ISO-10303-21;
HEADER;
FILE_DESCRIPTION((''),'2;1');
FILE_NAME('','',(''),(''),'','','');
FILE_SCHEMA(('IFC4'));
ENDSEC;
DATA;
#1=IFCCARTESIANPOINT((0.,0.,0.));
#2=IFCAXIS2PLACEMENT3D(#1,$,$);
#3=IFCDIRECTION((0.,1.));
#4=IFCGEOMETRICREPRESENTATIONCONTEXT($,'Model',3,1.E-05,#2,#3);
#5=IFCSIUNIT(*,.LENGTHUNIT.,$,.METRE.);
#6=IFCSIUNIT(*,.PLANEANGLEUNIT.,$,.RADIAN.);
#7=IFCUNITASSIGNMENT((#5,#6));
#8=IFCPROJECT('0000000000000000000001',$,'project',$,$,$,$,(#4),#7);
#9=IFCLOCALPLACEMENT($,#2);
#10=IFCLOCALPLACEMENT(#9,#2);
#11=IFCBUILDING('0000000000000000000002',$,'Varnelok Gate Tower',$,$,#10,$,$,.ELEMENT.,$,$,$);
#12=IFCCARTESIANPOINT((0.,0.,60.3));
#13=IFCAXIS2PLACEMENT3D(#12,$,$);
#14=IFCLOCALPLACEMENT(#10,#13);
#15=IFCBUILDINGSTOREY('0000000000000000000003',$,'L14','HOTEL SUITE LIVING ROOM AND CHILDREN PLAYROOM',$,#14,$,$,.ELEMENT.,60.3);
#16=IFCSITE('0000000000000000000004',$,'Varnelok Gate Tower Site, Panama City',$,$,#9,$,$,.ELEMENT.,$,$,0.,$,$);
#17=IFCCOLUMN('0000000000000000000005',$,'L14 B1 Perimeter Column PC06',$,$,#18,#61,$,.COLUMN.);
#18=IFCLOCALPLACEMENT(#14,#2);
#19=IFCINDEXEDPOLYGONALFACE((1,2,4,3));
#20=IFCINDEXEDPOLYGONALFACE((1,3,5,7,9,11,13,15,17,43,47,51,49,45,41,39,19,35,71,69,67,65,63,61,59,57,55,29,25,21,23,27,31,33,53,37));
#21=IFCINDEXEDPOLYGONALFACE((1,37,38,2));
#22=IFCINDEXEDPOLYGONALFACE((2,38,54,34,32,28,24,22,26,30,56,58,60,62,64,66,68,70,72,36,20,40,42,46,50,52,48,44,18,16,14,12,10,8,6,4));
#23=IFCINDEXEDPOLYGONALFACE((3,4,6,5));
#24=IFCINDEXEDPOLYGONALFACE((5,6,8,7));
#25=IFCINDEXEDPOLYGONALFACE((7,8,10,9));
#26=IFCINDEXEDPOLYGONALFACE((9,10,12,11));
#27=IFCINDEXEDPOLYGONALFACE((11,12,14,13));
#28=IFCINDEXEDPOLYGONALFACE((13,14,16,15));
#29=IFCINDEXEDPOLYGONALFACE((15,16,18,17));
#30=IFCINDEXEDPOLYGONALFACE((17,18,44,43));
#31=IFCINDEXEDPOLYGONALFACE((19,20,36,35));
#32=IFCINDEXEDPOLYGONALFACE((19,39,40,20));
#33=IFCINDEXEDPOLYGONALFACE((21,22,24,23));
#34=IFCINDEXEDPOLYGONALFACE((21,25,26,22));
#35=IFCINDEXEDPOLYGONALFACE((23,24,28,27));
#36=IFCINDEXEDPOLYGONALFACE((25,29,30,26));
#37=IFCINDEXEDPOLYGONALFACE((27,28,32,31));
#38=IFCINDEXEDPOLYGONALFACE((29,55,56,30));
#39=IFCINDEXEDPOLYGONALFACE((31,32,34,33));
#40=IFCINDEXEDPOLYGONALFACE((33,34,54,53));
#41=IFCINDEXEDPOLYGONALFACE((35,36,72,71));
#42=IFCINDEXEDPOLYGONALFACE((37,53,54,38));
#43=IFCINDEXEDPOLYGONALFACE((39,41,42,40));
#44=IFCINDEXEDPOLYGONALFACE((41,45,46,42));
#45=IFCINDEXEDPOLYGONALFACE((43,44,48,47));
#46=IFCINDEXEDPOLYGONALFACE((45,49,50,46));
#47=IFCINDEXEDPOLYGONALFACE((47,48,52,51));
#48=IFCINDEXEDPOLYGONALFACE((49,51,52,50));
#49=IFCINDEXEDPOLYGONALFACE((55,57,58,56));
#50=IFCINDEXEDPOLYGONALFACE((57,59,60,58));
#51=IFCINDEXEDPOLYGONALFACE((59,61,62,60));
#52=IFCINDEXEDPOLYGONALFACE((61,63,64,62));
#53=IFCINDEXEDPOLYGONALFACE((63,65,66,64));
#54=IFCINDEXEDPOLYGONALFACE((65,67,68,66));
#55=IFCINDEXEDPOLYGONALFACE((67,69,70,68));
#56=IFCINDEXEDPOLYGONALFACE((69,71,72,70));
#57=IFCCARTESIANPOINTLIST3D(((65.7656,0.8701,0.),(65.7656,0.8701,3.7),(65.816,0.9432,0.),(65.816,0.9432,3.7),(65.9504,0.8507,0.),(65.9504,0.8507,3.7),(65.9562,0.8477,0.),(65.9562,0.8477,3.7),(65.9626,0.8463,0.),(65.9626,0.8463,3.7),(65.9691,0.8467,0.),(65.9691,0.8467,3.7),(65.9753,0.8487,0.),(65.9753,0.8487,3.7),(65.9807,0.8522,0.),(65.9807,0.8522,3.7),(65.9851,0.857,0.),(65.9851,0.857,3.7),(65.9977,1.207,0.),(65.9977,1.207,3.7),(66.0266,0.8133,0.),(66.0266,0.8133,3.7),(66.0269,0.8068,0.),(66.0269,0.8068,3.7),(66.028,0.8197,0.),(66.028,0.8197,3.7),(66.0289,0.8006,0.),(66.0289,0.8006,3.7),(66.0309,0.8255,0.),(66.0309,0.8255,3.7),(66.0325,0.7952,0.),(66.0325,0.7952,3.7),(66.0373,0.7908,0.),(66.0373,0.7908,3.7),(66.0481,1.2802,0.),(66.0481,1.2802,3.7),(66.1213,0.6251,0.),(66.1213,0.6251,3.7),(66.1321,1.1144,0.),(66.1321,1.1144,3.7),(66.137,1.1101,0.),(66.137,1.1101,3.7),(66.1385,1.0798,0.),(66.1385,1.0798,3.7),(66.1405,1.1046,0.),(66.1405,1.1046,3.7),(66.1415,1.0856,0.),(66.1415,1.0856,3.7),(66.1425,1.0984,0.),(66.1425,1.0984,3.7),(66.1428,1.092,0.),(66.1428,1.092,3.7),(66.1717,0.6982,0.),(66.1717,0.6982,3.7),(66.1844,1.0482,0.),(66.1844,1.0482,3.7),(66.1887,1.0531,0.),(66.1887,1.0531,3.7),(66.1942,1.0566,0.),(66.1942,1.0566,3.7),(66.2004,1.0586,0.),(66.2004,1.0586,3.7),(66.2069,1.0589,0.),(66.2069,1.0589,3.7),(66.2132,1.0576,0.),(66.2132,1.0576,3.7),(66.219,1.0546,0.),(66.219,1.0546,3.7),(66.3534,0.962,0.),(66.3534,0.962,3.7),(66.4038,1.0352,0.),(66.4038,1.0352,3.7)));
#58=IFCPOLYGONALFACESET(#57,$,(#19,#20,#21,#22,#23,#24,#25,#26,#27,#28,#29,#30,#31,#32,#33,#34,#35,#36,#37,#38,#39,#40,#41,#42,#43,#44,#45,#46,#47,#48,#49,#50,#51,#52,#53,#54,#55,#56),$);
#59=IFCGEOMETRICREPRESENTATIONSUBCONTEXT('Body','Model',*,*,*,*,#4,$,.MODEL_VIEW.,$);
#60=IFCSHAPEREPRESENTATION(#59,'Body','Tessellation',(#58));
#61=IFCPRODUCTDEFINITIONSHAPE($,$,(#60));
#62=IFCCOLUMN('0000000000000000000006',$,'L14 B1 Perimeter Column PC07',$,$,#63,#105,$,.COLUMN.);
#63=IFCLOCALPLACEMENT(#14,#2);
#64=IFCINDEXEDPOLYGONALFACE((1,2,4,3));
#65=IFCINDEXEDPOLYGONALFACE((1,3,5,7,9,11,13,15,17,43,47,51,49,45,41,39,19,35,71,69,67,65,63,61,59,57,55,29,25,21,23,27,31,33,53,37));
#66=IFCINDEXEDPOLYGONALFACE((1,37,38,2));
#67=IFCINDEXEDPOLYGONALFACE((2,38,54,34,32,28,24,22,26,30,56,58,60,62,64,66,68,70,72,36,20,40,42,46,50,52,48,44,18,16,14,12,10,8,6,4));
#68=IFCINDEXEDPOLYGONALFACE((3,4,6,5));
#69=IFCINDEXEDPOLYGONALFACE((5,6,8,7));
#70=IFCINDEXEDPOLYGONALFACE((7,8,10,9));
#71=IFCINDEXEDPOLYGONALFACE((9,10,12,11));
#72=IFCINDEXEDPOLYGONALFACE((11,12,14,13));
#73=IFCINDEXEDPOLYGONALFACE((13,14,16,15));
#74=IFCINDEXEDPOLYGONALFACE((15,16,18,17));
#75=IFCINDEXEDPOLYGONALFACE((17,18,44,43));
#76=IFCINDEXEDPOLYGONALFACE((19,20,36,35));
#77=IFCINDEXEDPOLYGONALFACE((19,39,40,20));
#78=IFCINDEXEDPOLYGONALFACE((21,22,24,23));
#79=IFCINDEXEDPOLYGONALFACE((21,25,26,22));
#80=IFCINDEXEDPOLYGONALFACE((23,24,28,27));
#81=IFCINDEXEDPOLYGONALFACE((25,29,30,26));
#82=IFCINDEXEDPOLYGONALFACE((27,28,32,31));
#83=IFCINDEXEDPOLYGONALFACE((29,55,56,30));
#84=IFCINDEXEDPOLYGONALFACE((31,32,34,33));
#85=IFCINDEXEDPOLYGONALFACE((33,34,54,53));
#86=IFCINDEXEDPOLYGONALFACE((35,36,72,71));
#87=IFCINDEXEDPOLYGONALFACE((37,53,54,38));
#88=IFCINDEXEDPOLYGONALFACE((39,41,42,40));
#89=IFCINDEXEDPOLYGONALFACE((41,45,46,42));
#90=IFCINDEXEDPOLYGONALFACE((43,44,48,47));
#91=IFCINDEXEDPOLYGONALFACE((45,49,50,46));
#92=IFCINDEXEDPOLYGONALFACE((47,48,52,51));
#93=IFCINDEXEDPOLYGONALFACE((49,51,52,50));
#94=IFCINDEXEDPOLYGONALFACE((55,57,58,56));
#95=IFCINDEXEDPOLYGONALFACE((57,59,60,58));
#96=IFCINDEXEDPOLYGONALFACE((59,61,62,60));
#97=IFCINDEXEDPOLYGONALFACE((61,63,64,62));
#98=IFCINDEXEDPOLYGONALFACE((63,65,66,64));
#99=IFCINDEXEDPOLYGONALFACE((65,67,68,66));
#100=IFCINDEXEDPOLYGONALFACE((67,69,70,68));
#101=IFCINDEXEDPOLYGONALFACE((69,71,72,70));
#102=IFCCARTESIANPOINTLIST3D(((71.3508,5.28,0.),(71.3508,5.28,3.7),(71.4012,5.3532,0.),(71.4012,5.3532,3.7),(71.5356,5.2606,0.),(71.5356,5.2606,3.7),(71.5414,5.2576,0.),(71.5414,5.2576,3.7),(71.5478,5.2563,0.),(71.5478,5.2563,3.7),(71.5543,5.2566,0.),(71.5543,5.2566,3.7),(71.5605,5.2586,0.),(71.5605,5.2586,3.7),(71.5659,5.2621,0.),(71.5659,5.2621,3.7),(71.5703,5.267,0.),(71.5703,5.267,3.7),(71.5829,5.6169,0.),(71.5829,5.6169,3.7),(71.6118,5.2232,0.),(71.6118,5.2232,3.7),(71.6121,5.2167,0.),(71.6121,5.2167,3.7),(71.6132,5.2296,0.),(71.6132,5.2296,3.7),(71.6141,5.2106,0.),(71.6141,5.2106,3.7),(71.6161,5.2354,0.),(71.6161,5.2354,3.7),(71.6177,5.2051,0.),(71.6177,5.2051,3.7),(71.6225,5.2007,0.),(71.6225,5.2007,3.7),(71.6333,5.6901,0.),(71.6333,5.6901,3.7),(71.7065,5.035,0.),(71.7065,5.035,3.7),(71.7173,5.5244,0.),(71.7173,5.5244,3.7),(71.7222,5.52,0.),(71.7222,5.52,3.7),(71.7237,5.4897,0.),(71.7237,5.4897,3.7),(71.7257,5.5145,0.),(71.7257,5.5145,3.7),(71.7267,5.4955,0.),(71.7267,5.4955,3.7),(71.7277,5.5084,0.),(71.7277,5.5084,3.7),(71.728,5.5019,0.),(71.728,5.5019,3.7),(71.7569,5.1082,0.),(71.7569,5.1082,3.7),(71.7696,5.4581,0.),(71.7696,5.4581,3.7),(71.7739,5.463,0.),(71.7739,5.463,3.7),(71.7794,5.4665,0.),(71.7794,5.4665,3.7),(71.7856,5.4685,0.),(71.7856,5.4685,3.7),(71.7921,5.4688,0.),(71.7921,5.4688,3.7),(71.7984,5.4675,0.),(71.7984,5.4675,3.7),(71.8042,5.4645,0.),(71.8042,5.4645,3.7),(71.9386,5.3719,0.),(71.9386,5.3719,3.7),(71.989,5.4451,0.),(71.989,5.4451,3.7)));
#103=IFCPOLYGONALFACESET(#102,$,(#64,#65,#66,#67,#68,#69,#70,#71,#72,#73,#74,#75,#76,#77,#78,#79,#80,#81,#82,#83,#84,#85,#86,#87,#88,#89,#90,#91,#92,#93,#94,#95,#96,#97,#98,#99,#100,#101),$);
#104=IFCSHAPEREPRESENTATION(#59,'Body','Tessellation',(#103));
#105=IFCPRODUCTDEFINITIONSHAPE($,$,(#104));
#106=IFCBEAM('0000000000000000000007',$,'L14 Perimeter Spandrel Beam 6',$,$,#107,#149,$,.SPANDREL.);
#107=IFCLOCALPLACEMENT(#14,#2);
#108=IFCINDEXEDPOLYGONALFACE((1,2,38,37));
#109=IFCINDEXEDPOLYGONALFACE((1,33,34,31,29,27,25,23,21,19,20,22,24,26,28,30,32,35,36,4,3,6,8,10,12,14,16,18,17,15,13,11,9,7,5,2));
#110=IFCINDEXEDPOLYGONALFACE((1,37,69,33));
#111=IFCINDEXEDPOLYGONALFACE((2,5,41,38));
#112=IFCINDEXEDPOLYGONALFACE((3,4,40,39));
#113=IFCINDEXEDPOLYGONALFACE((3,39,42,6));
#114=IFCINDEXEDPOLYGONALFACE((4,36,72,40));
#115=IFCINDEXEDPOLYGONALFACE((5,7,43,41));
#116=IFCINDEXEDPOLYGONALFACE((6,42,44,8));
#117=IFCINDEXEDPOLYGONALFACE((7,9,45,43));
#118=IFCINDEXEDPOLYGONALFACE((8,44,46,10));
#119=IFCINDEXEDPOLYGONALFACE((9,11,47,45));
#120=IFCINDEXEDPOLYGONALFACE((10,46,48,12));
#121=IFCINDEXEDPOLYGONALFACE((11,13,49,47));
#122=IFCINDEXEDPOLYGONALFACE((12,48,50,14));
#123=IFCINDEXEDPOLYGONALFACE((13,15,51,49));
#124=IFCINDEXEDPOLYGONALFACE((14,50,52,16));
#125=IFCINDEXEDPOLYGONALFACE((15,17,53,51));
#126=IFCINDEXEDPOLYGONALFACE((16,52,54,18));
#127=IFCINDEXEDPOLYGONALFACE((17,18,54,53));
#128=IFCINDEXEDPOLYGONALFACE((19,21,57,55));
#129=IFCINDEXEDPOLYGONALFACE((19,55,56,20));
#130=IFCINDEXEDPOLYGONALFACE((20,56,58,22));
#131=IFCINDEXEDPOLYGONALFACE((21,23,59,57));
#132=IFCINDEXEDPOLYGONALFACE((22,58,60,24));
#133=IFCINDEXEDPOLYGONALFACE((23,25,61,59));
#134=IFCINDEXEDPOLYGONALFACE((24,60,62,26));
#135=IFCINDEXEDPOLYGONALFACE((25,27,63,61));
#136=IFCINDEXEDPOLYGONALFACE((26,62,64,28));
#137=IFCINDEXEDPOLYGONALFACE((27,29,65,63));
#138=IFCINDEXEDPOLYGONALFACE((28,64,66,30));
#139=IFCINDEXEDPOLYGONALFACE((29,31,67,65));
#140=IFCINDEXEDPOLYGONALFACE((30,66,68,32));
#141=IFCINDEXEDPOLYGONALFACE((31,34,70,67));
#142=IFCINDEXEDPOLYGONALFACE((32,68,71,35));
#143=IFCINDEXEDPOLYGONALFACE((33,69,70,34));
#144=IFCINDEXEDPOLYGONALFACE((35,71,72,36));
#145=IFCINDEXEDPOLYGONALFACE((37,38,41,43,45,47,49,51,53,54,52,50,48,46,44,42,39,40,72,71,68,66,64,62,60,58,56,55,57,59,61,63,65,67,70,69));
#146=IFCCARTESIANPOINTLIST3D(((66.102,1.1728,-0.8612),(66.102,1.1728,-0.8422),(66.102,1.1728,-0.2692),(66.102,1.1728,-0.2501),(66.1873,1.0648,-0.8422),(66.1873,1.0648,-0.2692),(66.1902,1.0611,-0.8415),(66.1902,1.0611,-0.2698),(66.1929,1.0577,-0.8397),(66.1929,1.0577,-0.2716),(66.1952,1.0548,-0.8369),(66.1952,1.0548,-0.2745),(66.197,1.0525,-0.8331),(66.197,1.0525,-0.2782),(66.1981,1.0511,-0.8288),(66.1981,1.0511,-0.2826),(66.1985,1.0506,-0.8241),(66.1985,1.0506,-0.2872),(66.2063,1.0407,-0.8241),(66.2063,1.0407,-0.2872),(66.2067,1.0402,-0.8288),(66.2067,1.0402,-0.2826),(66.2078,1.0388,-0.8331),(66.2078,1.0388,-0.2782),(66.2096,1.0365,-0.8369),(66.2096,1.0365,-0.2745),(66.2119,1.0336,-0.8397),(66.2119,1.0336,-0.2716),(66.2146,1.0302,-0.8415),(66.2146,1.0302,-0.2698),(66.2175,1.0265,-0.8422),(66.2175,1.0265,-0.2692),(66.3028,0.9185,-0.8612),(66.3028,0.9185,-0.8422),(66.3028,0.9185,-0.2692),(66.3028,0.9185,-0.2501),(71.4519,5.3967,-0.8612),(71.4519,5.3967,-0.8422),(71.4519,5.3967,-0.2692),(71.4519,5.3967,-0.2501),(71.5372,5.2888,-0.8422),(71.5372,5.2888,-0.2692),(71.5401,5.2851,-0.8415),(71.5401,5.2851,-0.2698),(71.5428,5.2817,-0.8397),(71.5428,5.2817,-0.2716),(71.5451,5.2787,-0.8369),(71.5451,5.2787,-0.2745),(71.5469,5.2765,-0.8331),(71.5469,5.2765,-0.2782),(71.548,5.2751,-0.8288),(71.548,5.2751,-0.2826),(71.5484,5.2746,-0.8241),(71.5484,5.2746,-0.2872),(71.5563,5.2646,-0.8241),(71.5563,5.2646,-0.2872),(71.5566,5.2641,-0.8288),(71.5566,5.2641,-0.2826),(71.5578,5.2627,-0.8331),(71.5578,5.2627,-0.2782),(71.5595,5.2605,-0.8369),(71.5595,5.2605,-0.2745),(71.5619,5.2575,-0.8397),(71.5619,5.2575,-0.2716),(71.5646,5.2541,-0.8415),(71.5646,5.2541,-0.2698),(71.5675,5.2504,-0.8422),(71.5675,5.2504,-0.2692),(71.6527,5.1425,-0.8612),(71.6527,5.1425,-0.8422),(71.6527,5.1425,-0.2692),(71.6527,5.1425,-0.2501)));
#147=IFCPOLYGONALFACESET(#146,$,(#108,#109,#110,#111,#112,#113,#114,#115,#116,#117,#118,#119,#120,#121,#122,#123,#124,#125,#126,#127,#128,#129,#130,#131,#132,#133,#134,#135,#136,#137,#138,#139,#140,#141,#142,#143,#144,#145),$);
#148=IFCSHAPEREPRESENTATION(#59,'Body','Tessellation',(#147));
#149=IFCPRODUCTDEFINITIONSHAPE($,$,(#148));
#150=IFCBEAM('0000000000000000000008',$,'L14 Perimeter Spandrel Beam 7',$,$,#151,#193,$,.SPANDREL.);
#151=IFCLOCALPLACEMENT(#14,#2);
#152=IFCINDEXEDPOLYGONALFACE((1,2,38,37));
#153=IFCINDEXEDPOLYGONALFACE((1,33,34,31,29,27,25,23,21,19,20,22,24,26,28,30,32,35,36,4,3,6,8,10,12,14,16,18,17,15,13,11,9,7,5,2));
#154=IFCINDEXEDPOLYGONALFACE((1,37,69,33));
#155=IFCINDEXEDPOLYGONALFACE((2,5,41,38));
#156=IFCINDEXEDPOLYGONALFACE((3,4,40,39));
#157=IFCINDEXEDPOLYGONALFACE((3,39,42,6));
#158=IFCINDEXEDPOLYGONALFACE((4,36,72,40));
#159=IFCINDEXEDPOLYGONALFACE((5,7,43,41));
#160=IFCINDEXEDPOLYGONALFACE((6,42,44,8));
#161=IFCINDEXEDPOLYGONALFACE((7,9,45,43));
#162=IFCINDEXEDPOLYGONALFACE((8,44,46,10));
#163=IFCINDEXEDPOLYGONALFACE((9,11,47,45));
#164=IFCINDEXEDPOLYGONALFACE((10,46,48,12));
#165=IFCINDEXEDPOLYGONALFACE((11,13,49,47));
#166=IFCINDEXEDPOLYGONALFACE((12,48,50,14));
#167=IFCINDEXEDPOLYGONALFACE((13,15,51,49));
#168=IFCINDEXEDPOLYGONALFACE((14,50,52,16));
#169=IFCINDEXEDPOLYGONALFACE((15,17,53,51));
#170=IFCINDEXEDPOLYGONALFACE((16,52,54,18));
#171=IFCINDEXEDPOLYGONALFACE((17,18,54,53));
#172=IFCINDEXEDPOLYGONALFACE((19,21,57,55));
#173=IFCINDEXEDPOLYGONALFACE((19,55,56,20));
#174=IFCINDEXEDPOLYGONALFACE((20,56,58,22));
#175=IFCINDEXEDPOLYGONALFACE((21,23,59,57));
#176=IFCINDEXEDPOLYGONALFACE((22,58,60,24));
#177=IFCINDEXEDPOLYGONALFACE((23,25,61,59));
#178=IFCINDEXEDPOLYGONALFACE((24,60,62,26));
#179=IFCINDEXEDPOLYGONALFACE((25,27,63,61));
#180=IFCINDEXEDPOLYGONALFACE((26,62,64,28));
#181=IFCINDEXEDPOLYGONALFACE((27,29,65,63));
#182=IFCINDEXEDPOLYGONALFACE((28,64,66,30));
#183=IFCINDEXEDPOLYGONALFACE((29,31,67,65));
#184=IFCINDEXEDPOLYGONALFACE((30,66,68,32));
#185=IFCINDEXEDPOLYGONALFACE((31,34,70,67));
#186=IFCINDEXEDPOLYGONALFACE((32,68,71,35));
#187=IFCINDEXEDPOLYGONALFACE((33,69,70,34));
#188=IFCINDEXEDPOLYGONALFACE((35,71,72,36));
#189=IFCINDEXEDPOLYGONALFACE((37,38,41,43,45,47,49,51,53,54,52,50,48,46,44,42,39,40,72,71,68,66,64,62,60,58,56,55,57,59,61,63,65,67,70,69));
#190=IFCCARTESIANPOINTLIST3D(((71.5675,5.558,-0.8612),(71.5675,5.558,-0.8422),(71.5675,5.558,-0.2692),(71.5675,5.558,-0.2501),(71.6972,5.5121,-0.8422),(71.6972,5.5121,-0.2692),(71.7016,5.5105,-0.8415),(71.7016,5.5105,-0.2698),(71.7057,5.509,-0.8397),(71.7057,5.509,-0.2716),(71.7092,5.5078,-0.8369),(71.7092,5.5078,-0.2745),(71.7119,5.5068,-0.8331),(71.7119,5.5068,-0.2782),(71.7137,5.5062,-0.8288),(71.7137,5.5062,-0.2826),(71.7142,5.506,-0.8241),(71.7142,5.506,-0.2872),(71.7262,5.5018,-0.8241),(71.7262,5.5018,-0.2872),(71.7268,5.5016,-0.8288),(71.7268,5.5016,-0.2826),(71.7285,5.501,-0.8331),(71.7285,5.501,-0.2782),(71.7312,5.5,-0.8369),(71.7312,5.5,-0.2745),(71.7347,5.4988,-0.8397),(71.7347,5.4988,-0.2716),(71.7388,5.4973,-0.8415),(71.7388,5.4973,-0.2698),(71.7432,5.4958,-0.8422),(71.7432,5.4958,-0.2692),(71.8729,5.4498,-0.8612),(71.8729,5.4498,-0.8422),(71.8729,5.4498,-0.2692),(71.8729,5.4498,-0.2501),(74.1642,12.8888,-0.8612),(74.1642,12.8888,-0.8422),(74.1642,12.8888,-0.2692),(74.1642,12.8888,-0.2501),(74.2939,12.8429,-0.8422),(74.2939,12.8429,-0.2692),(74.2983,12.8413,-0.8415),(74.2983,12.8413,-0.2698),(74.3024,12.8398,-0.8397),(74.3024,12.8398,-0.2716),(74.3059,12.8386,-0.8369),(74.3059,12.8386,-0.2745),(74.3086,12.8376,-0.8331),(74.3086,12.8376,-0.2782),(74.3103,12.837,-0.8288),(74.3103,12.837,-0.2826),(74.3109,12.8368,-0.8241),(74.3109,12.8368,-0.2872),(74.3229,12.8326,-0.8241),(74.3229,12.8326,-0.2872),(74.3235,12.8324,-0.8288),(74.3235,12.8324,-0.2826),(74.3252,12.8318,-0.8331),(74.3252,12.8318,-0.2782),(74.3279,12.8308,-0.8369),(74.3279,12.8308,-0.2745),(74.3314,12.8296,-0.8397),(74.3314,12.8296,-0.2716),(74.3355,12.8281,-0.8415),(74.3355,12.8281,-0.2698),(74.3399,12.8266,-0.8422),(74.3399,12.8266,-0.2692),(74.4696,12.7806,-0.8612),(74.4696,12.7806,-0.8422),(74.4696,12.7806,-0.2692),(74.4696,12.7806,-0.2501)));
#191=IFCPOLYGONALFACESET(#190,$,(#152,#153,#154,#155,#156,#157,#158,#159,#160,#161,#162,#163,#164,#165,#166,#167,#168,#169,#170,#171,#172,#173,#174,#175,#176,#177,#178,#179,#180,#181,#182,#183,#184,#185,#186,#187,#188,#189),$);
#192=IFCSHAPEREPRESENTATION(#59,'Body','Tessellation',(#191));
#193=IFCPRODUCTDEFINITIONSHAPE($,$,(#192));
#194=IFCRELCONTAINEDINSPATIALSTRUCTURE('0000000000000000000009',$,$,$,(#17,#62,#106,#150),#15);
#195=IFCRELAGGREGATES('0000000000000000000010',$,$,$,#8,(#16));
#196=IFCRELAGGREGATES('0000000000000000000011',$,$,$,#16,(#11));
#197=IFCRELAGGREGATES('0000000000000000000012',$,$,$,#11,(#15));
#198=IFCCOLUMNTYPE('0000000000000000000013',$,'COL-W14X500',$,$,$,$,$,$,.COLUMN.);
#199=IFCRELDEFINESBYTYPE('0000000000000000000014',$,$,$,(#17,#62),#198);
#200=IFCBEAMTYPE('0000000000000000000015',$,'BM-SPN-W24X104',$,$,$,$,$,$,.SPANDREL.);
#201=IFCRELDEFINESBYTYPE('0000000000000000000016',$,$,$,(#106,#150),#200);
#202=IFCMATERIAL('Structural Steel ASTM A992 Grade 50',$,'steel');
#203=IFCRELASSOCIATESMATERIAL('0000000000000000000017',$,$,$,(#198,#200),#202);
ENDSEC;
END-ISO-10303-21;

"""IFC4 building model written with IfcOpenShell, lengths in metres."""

from ifc_helpers import new_model, si_unit, direction, frame, origin, origin_2d, place, context, subcontext, project, spatial, i_section, extrude, material, material_profile, profile_set, type_object, element, save


model = new_model("IFC4")

# Units and contexts
model_context = context("Model", 3, precision=1e-05, world=origin(), true_north=direction((0.0, 1.0)))
body_context = subcontext(model_context, "Body", "Model", "MODEL_VIEW")
ifc_project = project(units=[si_unit("LENGTHUNIT", "METRE"), si_unit("PLANEANGLEUNIT", "RADIAN")], contexts=[model_context])

# Site, building, storey
site_placement = place(None, origin())
site = spatial("IfcSite", under=ifc_project, at=site_placement, Name="Varnelok Gate Tower Site, Panama City", CompositionType="ELEMENT", RefElevation=0.0)
building_placement = place(site_placement, origin())
building = spatial("IfcBuilding", under=site, at=building_placement, Name="Varnelok Gate Tower", CompositionType="ELEMENT")
storey_placement = place(building_placement, frame((0.0, 0.0, 60.3)))
storey = spatial("IfcBuildingStorey", under=building, at=storey_placement, Name="L14", Description="HOTEL SUITE LIVING ROOM AND CHILDREN PLAYROOM", CompositionType="ELEMENT", Elevation=60.3)

# Columns
ifc_material_1 = material(Name="Structural Steel ASTM A992 Grade 50", Category="steel")
ifc_material_profile_1 = material_profile(ifc_material_1, i_section(OverallWidth=0.4319, OverallDepth=0.498, WebThickness=0.0557, FlangeThickness=0.0889, FilletRadius=0.0249, at=origin_2d()), Name="W14X500")
ifc_profile_set_1 = profile_set([ifc_material_profile_1], Name="Structural Steel ASTM A992 Grade 50")
column_type = type_object("IfcColumnType", Name="COL-W14X500", PredefinedType="COLUMN", material=ifc_profile_set_1)
for number, where, z_axis, x_axis, name in (
    (1, (66.0847, 0.9526, 0.0), (0.0, 0.0, 1.0), (0.823533, -0.567269, 0.0), "L14 B1 Perimeter Column PC06"),
    (2, (71.6699, 5.3625, 0.0), (0.0, 0.0, 1.0), (0.823533, -0.567269, 0.0), "L14 B1 Perimeter Column PC07"),
):
    element("IfcColumn", number, at=place(storey_placement, frame(where, z_axis=z_axis, x_axis=x_axis)), inside=storey, type_object=column_type, Name=name, PredefinedType="COLUMN", context=body_context, shape_type="SweptSolid", body=[
        extrude(i_section(OverallWidth=0.4319, OverallDepth=0.498, WebThickness=0.0557, FlangeThickness=0.0889, FilletRadius=0.0249, at=origin_2d()), origin(), (0.0, 0.0, 1.0), 3.7),
    ])

# Beams
ifc_material_profile_2 = material_profile(ifc_material_1, i_section(OverallWidth=0.324, OverallDepth=0.6111, WebThickness=0.0127, FlangeThickness=0.019, FilletRadius=0.0181, at=origin_2d()), Name="W24X104")
ifc_profile_set_2 = profile_set([ifc_material_profile_2], Name="Structural Steel ASTM A992 Grade 50")
beam_type = type_object("IfcBeamType", Name="BM-SPN-W24X104", PredefinedType="SPANDREL", material=ifc_profile_set_2)
beam_1_placement = place(storey_placement, frame((66.2024, 1.0457, -0.5557), z_axis=(0.784861, 0.619672, 0.0), x_axis=(-0.619672, 0.784861, 0.0)))
element("IfcBeam", 3, at=beam_1_placement, inside=storey, type_object=beam_type, Name="L14 Perimeter Spandrel Beam 6", PredefinedType="SPANDREL", context=body_context, shape_type="SweptSolid", body=[
    extrude(i_section(OverallWidth=0.324, OverallDepth=0.6111, WebThickness=0.0127, FlangeThickness=0.019, FilletRadius=0.0181, at=origin_2d()), origin(), (0.0, 0.0, 1.0), 6.8164),
])
beam_2_placement = place(storey_placement, frame((71.7202, 5.5039, -0.5557), z_axis=(0.333887, 0.942613, 0.0), x_axis=(-0.942613, 0.333887, 0.0)))
element("IfcBeam", 4, at=beam_2_placement, inside=storey, type_object=beam_type, Name="L14 Perimeter Spandrel Beam 7", PredefinedType="SPANDREL", context=body_context, shape_type="SweptSolid", body=[
    extrude(i_section(OverallWidth=0.324, OverallDepth=0.6111, WebThickness=0.0127, FlangeThickness=0.019, FilletRadius=0.0181, at=origin_2d()), origin(), (0.0, 0.0, 1.0), 7.7771),
])

save(model, "model.ifc")
